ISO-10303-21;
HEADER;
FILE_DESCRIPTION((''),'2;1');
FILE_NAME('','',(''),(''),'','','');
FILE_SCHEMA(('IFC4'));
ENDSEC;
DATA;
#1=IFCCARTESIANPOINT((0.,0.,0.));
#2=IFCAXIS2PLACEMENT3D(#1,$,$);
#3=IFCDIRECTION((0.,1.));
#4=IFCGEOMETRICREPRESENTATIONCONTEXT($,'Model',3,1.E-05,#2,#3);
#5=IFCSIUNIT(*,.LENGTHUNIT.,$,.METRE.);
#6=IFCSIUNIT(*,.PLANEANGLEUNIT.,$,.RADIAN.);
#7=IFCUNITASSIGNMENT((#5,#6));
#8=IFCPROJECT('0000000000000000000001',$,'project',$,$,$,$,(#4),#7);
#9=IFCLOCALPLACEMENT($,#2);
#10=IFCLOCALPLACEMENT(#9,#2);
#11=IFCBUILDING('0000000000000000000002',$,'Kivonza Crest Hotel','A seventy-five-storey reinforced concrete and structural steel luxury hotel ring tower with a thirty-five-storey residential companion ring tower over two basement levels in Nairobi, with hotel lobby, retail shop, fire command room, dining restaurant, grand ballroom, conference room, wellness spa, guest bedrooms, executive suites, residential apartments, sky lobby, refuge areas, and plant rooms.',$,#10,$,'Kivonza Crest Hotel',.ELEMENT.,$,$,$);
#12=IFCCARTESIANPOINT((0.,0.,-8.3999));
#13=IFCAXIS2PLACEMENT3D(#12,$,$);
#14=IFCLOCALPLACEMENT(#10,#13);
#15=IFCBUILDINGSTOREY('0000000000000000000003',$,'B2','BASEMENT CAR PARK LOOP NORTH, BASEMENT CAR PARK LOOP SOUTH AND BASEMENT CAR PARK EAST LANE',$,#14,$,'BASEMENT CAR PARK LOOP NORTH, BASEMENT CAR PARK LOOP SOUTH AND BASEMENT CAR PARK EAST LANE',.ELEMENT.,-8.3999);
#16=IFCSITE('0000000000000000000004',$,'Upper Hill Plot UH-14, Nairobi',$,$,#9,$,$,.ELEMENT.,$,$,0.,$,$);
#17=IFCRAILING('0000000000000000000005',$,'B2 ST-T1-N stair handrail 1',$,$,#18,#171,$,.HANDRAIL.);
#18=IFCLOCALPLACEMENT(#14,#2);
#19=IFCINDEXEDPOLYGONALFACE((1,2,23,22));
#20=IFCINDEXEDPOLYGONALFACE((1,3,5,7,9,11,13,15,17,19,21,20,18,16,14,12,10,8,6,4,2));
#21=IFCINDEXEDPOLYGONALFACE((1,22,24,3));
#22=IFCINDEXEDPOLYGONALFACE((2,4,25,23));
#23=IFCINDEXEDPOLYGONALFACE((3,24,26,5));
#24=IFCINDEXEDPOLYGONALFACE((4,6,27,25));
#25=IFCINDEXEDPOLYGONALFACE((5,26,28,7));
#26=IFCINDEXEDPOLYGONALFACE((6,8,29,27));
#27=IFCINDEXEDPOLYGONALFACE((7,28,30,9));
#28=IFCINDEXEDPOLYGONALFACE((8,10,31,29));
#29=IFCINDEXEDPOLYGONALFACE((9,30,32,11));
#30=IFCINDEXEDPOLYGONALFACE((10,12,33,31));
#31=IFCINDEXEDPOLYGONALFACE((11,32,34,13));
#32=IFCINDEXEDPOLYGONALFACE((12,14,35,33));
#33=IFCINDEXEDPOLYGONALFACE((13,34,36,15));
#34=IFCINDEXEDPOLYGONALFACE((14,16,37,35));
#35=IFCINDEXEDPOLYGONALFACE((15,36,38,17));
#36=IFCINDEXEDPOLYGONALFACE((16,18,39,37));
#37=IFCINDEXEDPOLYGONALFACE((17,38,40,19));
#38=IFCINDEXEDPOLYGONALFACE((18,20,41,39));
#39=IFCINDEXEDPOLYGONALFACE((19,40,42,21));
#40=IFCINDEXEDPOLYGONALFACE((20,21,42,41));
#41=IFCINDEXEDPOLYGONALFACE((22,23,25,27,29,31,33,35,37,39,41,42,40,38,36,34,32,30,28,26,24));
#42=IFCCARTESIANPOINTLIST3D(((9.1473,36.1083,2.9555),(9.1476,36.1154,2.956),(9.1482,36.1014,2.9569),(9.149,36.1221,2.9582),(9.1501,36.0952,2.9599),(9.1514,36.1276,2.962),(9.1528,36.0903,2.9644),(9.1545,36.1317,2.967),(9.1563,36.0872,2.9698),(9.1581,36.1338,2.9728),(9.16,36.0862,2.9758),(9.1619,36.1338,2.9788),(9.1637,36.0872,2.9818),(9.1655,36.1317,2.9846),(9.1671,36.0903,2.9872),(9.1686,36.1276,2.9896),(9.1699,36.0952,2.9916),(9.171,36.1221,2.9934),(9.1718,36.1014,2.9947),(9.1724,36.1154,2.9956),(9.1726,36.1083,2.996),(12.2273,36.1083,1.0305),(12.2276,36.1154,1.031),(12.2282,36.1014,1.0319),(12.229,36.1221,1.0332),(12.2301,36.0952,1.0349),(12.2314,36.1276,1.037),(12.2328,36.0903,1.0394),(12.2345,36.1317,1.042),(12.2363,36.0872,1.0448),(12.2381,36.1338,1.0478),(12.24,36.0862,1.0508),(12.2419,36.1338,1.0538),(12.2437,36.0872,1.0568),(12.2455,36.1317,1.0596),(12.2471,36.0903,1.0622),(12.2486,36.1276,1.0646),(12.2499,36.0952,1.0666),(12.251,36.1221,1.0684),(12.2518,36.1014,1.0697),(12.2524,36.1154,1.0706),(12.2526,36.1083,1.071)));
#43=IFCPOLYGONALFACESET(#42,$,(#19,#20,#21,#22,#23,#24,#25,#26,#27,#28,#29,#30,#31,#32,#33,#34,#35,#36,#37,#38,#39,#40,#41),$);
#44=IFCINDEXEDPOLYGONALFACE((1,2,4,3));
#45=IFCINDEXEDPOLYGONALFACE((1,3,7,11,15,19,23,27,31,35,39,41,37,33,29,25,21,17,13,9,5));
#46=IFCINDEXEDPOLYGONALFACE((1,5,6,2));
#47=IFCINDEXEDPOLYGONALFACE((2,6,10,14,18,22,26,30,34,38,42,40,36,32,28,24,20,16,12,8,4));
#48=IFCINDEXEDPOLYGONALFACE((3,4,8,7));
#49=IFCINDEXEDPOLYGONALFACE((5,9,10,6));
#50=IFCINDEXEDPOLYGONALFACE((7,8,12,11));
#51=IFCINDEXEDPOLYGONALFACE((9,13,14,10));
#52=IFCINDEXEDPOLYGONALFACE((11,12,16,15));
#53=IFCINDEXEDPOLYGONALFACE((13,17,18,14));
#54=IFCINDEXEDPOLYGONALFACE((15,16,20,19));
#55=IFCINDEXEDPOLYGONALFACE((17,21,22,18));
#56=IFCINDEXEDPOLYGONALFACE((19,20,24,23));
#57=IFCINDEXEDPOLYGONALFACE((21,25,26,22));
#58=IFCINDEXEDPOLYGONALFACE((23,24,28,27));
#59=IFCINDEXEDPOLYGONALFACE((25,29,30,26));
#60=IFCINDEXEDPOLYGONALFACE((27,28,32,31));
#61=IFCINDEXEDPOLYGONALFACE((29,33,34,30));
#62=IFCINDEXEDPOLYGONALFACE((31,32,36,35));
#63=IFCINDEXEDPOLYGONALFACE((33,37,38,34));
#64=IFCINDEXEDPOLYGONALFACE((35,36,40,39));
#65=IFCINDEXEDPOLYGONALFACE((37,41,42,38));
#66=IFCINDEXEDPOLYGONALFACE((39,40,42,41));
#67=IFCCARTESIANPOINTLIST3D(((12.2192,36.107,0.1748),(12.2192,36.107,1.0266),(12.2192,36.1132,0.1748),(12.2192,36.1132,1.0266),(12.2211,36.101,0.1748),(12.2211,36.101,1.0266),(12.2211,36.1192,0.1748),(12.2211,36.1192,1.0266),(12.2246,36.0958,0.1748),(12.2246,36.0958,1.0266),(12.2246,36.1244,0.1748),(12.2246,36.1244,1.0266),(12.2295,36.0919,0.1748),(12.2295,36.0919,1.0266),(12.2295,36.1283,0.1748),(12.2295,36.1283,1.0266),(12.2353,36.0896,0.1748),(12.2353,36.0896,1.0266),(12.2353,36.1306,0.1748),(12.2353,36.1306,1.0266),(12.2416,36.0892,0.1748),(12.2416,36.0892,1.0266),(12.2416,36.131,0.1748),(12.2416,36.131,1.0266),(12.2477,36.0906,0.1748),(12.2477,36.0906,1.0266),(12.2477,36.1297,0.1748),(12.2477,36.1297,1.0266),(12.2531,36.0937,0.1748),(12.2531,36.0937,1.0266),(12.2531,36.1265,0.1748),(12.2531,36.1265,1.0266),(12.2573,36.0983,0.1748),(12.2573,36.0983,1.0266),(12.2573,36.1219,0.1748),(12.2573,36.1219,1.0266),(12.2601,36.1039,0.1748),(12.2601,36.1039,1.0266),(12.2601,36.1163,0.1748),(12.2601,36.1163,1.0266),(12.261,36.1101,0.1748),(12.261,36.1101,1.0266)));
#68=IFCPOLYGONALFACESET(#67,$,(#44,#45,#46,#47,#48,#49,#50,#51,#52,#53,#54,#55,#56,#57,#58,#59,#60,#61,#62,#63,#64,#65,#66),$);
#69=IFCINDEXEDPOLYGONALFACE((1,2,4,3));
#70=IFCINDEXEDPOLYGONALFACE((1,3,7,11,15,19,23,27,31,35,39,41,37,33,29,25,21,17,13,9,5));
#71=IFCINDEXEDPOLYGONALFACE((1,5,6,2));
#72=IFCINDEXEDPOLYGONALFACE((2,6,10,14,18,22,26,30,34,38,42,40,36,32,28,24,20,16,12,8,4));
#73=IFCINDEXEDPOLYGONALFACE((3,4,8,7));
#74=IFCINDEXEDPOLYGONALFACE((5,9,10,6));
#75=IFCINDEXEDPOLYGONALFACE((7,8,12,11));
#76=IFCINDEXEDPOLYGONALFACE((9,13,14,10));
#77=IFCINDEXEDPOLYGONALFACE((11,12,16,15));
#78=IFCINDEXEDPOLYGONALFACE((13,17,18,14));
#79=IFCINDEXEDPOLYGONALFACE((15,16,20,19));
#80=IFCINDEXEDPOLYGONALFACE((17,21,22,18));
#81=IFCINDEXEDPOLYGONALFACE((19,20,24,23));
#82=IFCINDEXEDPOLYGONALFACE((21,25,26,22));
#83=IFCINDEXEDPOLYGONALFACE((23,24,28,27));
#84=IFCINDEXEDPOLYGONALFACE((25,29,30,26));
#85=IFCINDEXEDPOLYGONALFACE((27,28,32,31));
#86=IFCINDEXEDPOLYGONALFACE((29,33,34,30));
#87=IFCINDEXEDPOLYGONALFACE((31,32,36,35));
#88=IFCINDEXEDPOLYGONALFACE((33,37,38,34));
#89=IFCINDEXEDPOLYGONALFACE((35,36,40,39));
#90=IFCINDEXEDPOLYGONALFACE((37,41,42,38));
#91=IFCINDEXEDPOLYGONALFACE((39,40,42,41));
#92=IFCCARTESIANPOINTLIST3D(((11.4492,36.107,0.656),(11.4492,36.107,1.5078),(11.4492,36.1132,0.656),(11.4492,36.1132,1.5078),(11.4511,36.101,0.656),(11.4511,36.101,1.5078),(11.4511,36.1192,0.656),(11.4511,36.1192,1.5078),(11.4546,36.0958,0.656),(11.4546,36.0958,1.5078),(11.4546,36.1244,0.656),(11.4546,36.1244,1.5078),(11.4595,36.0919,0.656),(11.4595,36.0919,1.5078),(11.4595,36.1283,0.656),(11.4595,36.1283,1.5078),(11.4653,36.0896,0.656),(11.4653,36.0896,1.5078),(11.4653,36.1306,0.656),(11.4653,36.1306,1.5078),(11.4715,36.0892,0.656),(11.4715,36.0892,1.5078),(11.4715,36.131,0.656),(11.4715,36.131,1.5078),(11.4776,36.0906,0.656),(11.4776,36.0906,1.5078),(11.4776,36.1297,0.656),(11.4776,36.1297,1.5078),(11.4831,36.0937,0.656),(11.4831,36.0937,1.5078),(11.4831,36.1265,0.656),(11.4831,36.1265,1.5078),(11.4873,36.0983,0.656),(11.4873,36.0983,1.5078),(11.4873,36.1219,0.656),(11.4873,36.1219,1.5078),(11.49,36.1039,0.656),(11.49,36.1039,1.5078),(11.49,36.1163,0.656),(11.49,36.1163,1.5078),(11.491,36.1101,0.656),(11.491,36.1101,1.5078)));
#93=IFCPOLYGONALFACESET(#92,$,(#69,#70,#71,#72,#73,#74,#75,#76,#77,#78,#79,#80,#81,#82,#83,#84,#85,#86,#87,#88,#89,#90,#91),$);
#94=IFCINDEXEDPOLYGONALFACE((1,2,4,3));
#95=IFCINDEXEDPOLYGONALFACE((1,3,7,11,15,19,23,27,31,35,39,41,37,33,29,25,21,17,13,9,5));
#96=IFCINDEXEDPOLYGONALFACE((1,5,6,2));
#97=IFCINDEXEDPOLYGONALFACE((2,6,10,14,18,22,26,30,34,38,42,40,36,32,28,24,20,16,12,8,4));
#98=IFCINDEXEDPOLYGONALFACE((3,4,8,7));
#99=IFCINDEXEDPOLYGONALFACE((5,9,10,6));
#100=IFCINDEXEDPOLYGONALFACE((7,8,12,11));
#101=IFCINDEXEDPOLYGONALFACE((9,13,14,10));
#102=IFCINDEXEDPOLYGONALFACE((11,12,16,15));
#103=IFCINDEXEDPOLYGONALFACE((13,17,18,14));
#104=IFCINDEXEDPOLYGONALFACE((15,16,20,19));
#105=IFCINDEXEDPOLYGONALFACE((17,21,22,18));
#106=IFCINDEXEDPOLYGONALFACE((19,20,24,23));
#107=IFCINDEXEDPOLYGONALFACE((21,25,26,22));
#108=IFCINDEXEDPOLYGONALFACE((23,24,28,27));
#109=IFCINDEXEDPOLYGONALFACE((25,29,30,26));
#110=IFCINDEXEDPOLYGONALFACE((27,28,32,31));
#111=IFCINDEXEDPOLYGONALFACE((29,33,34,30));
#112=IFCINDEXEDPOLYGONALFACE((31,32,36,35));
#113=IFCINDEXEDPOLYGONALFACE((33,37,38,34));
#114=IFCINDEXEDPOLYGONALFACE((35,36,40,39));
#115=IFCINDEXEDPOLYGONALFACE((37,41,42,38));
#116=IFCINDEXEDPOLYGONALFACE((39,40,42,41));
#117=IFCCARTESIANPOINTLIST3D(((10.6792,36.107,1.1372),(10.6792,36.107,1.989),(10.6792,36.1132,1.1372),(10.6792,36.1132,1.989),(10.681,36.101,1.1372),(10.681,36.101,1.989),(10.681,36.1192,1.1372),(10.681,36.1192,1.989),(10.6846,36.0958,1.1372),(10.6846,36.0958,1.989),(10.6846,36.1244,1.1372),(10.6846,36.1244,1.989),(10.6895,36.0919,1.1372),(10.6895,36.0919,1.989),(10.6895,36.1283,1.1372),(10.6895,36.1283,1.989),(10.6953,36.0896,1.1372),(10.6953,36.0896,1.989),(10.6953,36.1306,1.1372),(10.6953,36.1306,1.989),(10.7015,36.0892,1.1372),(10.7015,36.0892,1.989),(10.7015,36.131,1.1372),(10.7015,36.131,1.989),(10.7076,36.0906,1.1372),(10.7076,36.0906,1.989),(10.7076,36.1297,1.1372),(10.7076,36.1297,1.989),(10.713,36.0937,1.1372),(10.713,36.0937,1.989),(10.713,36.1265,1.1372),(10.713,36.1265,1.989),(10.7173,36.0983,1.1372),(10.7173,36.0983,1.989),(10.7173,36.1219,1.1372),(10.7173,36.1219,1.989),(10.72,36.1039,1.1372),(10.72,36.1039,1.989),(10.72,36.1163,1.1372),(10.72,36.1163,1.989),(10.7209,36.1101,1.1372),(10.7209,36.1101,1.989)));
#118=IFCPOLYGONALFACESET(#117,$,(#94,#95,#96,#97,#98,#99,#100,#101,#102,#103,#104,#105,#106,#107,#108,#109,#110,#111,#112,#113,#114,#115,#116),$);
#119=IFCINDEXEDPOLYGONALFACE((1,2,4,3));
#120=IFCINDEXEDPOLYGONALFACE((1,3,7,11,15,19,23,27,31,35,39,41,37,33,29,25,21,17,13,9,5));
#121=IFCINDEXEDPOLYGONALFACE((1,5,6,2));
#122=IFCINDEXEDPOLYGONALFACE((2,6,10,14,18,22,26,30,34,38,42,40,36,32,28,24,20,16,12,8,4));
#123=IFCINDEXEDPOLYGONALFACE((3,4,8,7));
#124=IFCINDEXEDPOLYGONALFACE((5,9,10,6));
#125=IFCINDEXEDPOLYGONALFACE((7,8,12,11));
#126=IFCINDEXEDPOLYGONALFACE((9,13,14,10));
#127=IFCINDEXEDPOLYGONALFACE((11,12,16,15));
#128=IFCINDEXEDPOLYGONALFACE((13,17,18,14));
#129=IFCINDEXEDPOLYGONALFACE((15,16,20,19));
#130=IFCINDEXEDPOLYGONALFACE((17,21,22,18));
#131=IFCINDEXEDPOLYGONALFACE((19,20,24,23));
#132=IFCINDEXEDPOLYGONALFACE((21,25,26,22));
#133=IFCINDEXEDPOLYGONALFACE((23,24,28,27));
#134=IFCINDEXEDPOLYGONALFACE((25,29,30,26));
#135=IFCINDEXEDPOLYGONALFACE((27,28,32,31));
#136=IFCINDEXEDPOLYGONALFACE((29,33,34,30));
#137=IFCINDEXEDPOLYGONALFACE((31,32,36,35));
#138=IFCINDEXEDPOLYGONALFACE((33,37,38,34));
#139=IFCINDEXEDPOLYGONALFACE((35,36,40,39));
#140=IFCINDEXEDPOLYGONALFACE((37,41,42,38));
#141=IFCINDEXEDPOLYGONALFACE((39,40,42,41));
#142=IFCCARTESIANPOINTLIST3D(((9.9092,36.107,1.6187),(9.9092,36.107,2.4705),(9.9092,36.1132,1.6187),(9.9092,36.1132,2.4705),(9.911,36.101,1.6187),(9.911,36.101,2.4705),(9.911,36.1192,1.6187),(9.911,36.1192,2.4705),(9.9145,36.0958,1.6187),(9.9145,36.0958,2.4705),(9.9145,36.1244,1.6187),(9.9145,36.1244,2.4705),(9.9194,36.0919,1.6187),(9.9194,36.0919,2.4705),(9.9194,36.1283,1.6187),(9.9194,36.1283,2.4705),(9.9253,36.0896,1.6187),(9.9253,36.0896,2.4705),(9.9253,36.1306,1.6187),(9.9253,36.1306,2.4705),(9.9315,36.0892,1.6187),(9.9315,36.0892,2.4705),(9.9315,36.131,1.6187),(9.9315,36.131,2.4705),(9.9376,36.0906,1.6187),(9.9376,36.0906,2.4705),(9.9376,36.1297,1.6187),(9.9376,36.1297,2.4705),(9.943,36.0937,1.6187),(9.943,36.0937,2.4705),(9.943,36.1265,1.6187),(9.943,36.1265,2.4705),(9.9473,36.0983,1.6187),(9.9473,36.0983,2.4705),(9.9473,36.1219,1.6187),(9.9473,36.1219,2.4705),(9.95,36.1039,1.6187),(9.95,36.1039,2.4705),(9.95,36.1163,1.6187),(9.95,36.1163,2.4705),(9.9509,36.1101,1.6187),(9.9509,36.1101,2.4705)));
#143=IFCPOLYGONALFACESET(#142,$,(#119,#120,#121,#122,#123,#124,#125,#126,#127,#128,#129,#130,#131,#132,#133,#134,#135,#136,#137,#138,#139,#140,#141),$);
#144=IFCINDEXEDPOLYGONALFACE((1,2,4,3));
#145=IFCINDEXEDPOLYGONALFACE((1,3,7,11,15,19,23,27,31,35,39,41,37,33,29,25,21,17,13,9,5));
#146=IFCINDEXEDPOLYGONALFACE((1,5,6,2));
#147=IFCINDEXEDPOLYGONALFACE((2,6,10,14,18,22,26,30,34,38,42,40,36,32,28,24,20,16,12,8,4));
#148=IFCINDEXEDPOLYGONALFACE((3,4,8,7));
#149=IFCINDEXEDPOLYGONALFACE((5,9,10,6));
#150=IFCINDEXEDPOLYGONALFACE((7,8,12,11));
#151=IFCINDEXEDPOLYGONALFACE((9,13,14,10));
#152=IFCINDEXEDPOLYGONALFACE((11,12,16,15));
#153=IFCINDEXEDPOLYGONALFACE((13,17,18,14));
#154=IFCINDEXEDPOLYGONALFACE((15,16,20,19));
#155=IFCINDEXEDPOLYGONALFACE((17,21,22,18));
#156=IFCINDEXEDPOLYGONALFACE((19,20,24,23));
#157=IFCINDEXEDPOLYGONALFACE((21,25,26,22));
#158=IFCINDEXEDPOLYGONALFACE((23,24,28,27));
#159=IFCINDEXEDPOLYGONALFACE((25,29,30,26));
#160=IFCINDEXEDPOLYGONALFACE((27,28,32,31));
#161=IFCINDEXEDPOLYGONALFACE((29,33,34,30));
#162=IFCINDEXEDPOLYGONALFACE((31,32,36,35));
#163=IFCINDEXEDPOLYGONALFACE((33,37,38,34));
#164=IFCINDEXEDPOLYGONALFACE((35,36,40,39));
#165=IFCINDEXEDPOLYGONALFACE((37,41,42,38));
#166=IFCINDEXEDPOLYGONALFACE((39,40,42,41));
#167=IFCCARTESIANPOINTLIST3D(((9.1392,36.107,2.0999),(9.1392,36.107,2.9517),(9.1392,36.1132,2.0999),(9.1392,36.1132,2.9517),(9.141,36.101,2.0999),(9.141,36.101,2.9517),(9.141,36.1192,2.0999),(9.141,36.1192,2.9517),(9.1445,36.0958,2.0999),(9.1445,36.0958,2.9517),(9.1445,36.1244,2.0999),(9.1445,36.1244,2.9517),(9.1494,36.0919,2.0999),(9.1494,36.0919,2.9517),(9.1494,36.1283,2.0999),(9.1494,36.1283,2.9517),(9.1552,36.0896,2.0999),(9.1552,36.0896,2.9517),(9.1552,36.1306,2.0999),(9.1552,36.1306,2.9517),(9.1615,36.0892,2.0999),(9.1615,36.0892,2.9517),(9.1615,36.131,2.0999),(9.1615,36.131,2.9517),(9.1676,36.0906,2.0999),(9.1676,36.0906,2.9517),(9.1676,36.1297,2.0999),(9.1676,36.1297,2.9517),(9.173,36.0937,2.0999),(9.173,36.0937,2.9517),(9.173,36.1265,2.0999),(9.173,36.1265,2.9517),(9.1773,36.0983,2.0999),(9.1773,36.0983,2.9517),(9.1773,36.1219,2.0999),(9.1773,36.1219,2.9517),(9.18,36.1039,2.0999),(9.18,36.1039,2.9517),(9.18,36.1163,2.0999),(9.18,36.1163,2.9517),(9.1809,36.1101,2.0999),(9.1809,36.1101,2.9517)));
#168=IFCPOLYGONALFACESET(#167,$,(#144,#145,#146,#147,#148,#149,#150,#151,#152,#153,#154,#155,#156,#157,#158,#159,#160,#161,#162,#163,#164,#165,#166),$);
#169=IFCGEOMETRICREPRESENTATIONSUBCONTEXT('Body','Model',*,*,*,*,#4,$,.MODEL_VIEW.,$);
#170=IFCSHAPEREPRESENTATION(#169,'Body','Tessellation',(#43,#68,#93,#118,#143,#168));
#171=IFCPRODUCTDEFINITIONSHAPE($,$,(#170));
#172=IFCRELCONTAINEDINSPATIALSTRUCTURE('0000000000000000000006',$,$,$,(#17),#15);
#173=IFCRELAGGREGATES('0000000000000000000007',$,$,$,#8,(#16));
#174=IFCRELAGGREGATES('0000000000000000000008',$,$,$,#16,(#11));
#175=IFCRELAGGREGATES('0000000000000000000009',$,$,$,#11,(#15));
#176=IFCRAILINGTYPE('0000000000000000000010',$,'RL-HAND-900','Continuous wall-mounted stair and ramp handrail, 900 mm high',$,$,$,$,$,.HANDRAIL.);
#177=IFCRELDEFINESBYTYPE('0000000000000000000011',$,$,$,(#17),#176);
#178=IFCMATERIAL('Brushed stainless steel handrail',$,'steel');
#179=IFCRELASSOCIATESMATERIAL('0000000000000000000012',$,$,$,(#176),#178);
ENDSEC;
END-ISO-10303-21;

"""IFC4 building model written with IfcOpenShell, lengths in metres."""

from ifc_helpers import new_model, si_unit, direction, frame, origin, origin_2d, place, context, subcontext, project, spatial, circle, extrude, material, type_object, element, save


model = new_model("IFC4")

# Units and contexts
model_context = context("Model", 3, precision=1e-05, world=origin(), true_north=direction((0.0, 1.0)))
body_context = subcontext(model_context, "Body", "Model", "MODEL_VIEW")
ifc_project = project(units=[si_unit("LENGTHUNIT", "METRE"), si_unit("PLANEANGLEUNIT", "RADIAN")], contexts=[model_context])

# Site, building, storey
site_placement = place(None, origin())
site = spatial("IfcSite", under=ifc_project, at=site_placement, Name="Upper Hill Plot UH-14, Nairobi", CompositionType="ELEMENT", RefElevation=0.0)
building_placement = place(site_placement, origin())
building = spatial("IfcBuilding", under=site, at=building_placement, Name="Kivonza Crest Hotel", Description="A seventy-five-storey reinforced concrete and structural steel luxury hotel ring tower with a thirty-five-storey residential companion ring tower over two basement levels in Nairobi, with hotel lobby, retail shop, fire command room, dining restaurant, grand ballroom, conference room, wellness spa, guest bedrooms, executive suites, residential apartments, sky lobby, refuge areas, and plant rooms.", LongName="Kivonza Crest Hotel", CompositionType="ELEMENT")
storey_placement = place(building_placement, frame((0.0, 0.0, -8.3999)))
storey = spatial("IfcBuildingStorey", under=building, at=storey_placement, Name="B2", Description="BASEMENT CAR PARK LOOP NORTH, BASEMENT CAR PARK LOOP SOUTH AND BASEMENT CAR PARK EAST LANE", LongName="BASEMENT CAR PARK LOOP NORTH, BASEMENT CAR PARK LOOP SOUTH AND BASEMENT CAR PARK EAST LANE", CompositionType="ELEMENT", Elevation=-8.3999)

# Railing
ifc_material_1 = material(Name="Brushed stainless steel handrail", Category="steel")
railing_type_1 = type_object("IfcRailingType", Name="RL-HAND-900", Description="Continuous wall-mounted stair and ramp handrail, 900 mm high", PredefinedType="HANDRAIL", material=ifc_material_1)
railing_1_placement = place(storey_placement, frame((12.24, 36.1101, 0.1748)))
element("IfcRailing", 1, at=railing_1_placement, inside=storey, type_object=railing_type_1, Name="B2 ST-T1-N stair handrail 1", PredefinedType="HANDRAIL", context=body_context, shape_type="SweptSolid", body=[
    extrude(circle(Radius=0.0239, at=origin_2d()), frame((0.0, 0.0, 0.876), z_axis=(-0.847998, 0.0, 0.529999), x_axis=(0.0, -1.0, 0.0)), (0.0, 0.0, 1.0), 3.6321),
    extrude(circle(Radius=0.021, at=origin_2d()), origin(), (0.0, 0.0, 1.0), 0.8518),
    extrude(circle(Radius=0.021, at=origin_2d()), frame((-0.77, 0.0, 0.4812)), (0.0, 0.0, 1.0), 0.8518),
    extrude(circle(Radius=0.021, at=origin_2d()), frame((-1.54, 0.0, 0.9624)), (0.0, 0.0, 1.0), 0.8518),
    extrude(circle(Radius=0.021, at=origin_2d()), frame((-2.3101, 0.0, 1.4438)), (0.0, 0.0, 1.0), 0.8518),
    extrude(circle(Radius=0.021, at=origin_2d()), frame((-3.0801, 0.0, 1.925)), (0.0, 0.0, 1.0), 0.8518),
])

save(model, "model.ifc")
